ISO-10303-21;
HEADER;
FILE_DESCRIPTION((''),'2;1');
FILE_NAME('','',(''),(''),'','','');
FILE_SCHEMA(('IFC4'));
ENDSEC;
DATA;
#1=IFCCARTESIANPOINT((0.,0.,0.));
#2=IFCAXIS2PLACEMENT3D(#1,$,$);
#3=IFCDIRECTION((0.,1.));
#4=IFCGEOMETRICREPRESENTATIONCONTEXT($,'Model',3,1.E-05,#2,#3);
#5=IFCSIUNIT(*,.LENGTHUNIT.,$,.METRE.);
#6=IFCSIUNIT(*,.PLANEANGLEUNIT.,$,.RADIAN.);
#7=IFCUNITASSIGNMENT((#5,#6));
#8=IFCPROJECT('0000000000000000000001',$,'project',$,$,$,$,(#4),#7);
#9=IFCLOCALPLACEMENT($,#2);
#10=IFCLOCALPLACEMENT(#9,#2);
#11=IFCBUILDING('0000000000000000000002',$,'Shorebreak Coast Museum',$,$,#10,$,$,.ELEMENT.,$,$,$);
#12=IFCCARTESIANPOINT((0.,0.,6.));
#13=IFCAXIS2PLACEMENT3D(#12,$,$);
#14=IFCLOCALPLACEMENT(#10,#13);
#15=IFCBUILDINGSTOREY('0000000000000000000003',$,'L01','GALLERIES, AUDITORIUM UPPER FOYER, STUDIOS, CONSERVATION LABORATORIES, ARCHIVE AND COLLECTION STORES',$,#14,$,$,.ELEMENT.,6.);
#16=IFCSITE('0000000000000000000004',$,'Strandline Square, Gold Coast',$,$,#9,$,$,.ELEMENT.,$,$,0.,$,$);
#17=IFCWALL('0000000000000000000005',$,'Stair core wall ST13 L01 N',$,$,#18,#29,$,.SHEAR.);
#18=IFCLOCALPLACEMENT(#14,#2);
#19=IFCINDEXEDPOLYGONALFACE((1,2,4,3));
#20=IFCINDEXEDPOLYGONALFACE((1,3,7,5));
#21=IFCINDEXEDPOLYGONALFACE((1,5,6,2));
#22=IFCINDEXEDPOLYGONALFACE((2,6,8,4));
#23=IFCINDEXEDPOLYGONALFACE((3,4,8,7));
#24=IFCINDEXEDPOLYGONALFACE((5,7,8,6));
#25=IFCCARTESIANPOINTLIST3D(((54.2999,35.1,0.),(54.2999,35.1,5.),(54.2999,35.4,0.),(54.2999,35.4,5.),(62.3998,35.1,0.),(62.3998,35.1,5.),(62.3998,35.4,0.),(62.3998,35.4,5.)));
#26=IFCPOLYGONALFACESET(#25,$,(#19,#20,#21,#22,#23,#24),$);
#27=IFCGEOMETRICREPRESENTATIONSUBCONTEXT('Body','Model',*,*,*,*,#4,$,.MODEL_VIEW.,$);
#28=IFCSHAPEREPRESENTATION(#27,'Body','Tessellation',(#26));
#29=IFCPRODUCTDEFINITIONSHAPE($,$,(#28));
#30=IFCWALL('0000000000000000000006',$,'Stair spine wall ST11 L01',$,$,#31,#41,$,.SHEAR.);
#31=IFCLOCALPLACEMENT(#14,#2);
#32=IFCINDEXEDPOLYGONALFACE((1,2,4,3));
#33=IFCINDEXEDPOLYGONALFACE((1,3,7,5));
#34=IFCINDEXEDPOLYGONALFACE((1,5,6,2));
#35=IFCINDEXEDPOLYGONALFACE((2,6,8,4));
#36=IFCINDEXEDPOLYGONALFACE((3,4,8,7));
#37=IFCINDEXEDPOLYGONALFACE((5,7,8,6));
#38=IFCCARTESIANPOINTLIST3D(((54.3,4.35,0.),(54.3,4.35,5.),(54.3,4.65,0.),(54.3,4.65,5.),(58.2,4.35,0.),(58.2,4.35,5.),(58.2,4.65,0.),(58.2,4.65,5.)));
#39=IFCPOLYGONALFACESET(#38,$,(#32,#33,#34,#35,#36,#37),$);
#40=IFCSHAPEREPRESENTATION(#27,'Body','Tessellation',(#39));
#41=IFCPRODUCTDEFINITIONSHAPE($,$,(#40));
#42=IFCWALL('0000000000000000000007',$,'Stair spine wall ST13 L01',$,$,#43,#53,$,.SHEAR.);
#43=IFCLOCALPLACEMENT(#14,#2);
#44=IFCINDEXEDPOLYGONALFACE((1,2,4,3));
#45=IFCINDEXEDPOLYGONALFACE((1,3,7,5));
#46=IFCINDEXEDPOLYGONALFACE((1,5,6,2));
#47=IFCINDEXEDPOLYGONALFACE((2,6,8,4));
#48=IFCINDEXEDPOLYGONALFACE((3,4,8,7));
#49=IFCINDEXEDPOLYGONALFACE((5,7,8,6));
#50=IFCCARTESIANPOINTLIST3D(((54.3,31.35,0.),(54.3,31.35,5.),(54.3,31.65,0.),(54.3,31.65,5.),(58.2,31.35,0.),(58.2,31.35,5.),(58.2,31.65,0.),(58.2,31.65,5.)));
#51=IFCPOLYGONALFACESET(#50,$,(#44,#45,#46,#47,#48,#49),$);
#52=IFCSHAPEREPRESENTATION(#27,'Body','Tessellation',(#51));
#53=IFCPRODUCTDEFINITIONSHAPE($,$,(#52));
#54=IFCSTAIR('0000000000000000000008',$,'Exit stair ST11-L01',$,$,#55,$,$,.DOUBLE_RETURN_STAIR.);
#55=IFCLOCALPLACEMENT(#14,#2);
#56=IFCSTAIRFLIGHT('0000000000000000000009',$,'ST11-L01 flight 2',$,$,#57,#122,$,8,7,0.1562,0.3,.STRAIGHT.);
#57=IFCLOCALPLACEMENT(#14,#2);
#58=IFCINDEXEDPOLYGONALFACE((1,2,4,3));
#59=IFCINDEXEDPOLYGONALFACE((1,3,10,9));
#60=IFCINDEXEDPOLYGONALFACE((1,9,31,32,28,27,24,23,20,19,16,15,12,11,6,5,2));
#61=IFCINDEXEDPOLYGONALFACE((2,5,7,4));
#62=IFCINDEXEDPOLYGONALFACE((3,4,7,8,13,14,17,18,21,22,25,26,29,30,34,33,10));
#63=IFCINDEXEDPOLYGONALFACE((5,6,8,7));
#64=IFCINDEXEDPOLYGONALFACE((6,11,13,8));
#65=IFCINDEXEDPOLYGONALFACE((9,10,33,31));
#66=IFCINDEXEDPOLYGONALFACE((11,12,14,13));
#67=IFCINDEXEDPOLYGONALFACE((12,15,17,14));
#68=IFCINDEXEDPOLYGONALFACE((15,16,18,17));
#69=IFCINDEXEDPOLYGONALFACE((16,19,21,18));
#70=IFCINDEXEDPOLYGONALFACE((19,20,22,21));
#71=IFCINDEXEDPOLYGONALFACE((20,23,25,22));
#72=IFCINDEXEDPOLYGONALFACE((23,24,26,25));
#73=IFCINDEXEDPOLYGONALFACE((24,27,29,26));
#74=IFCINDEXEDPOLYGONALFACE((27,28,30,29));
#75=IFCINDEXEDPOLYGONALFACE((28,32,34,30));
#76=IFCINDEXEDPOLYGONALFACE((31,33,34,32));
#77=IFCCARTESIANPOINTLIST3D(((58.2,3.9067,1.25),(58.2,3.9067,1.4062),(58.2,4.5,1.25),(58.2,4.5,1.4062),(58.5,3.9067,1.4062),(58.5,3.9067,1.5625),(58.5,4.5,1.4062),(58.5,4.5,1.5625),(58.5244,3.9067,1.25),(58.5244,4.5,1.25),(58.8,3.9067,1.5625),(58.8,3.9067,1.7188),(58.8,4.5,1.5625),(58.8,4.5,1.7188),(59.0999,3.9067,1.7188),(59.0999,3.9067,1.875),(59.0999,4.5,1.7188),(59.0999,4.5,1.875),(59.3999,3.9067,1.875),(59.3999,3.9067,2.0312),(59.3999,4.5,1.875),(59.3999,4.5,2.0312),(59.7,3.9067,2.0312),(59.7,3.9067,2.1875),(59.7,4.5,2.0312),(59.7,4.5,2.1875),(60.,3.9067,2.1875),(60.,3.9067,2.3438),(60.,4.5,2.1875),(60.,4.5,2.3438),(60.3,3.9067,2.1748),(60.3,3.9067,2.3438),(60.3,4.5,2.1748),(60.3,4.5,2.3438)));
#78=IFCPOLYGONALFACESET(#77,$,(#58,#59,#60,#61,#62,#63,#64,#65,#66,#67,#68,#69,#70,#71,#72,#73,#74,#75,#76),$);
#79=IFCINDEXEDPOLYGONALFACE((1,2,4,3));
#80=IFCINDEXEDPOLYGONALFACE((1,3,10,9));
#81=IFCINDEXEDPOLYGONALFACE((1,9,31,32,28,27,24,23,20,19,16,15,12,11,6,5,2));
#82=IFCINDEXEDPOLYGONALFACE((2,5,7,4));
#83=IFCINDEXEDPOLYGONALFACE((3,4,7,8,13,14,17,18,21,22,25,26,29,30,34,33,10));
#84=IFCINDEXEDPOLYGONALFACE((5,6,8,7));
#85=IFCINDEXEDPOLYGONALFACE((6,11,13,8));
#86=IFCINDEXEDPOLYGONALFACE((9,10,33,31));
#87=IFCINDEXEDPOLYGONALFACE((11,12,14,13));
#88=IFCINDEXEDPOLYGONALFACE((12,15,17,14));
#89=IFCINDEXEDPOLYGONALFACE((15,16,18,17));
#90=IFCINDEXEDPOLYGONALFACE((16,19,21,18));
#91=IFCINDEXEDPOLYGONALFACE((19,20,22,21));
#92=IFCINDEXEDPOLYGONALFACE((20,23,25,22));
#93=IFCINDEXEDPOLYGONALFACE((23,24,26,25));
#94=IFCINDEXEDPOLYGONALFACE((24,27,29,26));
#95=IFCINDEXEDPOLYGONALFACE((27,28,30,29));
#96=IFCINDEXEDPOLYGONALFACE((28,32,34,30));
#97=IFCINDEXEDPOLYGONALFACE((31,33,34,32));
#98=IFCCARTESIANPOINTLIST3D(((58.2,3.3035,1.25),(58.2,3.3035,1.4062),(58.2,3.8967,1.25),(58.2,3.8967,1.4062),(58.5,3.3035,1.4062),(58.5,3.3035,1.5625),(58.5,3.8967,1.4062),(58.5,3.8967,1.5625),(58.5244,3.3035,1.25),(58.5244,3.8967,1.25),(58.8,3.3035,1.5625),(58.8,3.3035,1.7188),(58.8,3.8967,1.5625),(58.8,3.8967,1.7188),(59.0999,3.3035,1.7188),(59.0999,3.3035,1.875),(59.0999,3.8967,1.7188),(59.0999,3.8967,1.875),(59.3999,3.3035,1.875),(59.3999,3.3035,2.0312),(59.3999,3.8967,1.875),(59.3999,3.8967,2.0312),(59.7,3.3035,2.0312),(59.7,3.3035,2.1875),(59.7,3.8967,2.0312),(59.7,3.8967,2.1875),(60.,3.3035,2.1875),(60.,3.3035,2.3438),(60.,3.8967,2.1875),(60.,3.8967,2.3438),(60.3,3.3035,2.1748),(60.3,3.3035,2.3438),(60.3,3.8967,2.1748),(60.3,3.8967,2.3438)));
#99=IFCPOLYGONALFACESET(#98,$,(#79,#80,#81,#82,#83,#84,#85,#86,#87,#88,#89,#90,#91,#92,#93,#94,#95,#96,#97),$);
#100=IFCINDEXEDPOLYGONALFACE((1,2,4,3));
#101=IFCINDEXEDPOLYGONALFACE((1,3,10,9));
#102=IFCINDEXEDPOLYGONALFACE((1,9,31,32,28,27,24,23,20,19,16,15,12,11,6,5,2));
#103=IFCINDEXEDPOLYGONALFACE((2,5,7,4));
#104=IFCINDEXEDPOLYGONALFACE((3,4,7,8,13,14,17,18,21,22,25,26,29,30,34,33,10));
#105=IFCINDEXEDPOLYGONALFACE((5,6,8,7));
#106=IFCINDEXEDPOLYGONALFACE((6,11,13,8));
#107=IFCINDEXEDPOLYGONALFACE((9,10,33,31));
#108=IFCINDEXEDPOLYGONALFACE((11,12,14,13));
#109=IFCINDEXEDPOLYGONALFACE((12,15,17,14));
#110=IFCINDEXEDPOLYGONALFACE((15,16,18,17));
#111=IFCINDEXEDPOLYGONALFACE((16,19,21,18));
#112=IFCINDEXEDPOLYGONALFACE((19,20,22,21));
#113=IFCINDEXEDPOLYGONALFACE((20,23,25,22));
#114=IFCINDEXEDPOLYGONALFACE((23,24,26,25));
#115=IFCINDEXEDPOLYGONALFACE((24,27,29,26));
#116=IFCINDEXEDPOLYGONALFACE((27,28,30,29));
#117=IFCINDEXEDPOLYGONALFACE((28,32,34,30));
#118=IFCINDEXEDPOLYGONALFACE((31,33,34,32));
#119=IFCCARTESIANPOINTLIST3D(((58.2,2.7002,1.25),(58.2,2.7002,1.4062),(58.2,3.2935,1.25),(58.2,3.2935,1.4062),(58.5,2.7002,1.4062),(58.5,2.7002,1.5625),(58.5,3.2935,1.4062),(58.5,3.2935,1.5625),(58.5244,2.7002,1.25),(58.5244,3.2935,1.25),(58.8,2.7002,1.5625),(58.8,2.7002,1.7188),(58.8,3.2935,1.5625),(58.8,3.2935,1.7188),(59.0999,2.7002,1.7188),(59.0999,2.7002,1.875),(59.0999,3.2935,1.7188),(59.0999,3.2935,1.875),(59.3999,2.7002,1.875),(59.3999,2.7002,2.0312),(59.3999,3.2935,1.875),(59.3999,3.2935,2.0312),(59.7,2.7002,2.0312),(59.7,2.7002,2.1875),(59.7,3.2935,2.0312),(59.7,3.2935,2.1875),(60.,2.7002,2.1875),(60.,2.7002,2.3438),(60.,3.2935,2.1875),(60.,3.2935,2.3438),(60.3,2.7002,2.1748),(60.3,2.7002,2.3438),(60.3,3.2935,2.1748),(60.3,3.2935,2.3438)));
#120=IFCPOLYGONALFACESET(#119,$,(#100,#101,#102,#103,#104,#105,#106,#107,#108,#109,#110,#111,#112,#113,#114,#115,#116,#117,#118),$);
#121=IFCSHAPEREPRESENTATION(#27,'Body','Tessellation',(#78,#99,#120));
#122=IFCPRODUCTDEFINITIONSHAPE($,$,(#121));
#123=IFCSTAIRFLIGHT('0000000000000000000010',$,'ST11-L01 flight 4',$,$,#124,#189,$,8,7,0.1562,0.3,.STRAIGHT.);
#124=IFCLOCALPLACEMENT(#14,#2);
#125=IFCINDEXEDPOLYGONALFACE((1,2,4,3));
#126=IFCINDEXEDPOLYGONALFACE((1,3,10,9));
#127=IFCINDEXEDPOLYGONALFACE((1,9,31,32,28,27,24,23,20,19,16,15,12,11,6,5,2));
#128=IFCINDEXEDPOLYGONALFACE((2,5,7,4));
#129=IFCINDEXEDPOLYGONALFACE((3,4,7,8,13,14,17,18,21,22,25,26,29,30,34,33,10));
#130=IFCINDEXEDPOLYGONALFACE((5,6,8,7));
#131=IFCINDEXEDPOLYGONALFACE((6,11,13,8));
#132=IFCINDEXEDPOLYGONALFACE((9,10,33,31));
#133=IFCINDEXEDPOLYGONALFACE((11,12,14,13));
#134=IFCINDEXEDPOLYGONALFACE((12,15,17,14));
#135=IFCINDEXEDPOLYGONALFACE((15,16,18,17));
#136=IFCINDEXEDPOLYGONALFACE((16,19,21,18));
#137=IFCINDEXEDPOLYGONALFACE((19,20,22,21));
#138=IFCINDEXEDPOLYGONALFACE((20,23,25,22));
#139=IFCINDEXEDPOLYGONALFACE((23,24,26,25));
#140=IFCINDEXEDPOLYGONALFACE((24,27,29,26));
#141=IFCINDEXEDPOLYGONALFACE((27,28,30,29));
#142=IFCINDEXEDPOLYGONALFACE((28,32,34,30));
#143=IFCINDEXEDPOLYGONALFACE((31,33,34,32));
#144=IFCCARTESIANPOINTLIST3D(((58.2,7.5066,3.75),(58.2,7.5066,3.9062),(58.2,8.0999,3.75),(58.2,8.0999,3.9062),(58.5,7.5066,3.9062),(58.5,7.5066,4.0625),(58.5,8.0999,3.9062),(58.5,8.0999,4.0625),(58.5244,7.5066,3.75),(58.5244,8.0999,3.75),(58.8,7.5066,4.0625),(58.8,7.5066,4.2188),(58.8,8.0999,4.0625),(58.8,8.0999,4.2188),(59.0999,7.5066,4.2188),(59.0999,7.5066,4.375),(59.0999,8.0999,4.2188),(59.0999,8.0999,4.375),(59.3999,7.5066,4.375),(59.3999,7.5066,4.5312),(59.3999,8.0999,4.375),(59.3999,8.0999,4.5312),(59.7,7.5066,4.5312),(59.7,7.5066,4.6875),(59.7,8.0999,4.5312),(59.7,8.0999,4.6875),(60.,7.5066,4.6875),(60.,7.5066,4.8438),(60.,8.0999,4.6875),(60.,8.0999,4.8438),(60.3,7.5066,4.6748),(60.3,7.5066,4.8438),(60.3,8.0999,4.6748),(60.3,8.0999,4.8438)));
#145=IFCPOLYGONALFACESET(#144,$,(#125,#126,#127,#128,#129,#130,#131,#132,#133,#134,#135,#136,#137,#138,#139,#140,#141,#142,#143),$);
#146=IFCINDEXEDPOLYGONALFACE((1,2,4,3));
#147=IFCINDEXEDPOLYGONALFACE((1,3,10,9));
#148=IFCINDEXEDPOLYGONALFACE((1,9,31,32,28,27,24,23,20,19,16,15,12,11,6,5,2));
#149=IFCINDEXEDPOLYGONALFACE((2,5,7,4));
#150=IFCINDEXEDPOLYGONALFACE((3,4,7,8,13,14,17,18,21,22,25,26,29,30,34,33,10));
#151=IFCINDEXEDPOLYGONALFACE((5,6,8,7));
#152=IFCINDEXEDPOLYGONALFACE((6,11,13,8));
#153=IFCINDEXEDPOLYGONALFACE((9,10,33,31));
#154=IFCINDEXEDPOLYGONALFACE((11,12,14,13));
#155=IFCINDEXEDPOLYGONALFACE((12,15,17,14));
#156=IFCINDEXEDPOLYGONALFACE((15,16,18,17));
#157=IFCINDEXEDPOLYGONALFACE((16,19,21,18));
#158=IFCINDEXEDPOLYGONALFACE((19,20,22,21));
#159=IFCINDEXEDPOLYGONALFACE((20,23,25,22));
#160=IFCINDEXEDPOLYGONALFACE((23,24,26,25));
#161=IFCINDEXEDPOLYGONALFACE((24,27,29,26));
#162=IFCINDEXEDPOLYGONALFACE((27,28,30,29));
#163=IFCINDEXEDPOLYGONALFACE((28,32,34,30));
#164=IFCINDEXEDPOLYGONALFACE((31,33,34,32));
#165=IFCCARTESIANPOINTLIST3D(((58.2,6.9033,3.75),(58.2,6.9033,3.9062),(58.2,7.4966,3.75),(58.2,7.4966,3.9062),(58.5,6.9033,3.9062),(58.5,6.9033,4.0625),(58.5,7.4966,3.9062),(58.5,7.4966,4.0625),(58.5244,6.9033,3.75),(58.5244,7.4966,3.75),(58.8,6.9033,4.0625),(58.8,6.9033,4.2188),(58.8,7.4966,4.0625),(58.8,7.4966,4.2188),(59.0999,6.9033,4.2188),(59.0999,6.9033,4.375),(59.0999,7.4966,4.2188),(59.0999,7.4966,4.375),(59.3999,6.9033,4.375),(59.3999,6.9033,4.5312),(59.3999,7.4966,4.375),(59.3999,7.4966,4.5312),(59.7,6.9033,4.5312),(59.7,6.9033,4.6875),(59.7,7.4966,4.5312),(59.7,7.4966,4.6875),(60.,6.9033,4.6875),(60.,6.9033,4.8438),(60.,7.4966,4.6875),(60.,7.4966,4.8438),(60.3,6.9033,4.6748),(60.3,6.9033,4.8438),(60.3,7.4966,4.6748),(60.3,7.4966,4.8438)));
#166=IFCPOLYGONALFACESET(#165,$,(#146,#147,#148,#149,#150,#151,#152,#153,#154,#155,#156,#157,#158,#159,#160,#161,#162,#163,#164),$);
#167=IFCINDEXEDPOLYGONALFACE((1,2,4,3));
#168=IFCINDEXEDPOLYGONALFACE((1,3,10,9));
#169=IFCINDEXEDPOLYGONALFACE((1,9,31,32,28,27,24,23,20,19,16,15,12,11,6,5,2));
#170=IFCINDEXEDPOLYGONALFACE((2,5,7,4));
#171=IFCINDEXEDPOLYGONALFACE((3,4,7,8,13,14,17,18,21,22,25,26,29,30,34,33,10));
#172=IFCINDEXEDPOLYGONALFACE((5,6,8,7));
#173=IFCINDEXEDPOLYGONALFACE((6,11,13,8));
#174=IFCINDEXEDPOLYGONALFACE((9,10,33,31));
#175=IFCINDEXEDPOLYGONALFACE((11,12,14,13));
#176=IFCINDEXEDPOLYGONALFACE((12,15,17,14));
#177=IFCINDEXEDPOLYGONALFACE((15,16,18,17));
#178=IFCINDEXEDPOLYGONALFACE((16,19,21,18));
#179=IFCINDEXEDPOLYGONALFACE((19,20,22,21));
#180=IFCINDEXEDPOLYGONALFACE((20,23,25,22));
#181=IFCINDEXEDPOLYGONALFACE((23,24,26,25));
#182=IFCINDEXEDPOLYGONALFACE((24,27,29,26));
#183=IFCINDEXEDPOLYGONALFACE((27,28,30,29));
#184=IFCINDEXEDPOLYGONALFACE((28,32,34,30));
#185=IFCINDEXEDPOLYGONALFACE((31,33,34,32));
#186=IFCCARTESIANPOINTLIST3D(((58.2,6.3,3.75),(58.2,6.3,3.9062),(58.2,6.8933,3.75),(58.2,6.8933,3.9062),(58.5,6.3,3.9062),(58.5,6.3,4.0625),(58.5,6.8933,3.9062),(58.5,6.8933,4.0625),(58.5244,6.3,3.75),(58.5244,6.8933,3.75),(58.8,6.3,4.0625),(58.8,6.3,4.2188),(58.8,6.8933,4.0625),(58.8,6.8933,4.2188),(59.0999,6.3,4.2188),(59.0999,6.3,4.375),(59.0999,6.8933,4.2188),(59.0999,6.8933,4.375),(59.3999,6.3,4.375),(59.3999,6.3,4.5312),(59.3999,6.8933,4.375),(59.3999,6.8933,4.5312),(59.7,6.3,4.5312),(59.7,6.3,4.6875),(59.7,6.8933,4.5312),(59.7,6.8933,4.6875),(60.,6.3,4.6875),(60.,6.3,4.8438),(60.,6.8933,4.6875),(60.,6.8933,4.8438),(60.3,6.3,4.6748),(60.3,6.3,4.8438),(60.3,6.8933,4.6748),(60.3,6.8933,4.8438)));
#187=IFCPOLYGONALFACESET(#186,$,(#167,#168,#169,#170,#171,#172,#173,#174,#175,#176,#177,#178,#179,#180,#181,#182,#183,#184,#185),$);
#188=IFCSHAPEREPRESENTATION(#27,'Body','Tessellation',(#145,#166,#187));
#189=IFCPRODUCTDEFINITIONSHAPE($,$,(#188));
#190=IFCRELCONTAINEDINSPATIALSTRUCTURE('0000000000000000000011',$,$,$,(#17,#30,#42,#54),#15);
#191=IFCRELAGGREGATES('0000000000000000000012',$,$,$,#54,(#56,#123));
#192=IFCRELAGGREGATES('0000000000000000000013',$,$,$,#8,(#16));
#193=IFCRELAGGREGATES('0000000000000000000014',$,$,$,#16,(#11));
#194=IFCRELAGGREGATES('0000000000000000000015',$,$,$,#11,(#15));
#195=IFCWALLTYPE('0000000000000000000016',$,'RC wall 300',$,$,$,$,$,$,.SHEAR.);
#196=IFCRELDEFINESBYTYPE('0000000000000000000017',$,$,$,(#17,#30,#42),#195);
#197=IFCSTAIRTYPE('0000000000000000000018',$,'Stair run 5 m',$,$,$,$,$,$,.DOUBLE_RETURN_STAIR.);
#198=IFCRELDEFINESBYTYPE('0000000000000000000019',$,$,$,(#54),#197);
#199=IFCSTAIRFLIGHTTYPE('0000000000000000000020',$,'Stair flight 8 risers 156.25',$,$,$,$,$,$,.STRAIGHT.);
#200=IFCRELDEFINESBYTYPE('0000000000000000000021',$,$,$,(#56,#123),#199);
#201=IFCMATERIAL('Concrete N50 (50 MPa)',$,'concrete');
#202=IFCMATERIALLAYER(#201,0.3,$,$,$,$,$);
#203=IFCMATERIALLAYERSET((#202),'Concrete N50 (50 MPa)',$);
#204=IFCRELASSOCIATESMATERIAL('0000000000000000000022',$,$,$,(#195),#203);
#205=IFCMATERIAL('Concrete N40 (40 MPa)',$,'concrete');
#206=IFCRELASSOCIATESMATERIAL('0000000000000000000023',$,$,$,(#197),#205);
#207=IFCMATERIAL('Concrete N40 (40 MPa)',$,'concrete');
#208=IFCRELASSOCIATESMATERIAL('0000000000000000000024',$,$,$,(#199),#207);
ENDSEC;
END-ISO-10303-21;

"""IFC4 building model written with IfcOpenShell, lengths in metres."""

from ifc_helpers import new_model, si_unit, direction, frame, frame_2d, origin, place, context, subcontext, project, spatial, polyline, rectangle, outline, extrude, material, layer, layer_set, type_object, element, aggregate, save


model = new_model("IFC4")

# Units and contexts
model_context = context("Model", 3, precision=1e-05, world=origin(), true_north=direction((0.0, 1.0)))
body_context = subcontext(model_context, "Body", "Model", "MODEL_VIEW")
ifc_project = project(units=[si_unit("LENGTHUNIT", "METRE"), si_unit("PLANEANGLEUNIT", "RADIAN")], contexts=[model_context])

# Site, building, storey
site_placement = place(None, origin())
site = spatial("IfcSite", under=ifc_project, at=site_placement, Name="Strandline Square, Gold Coast", CompositionType="ELEMENT", RefElevation=0.0)
building_placement = place(site_placement, origin())
building = spatial("IfcBuilding", under=site, at=building_placement, Name="Shorebreak Coast Museum", CompositionType="ELEMENT")
storey_placement = place(building_placement, frame((0.0, 0.0, 6.0)))
storey = spatial("IfcBuildingStorey", under=building, at=storey_placement, Name="L01", Description="GALLERIES, AUDITORIUM UPPER FOYER, STUDIOS, CONSERVATION LABORATORIES, ARCHIVE AND COLLECTION STORES", CompositionType="ELEMENT", Elevation=6.0)

# Walls
ifc_material_1 = material(Name="Concrete N50 (50 MPa)", Category="concrete")
ifc_layer_1 = layer(ifc_material_1, 0.3)
ifc_layer_set_1 = layer_set([ifc_layer_1], Name="Concrete N50 (50 MPa)")
wall_type_1 = type_object("IfcWallType", Name="RC wall 300", PredefinedType="SHEAR", material=ifc_layer_set_1)
for number, where, z_axis, x_axis, name in (
    (1, (54.3, 35.25, 0.0), (0.0, 0.0, 1.0), (1.0, 0.0, 0.0), "Stair core wall ST13 L01 N"),
):
    element("IfcWall", number, at=place(storey_placement, frame(where, z_axis=z_axis, x_axis=x_axis)), inside=storey, type_object=wall_type_1, Name=name, PredefinedType="SHEAR", context=body_context, shape_type="SweptSolid", body=[
        extrude(rectangle(XDim=8.0999, YDim=0.3, at=frame_2d((4.0498, 0.0))), origin(), (0.0, 0.0, 1.0), 5.0),
    ])
for number, where, z_axis, x_axis, name in (
    (2, (58.2, 4.5, 0.0), (0.0, 0.0, 1.0), (-1.0, 0.0, 0.0), "Stair spine wall ST11 L01"),
    (3, (58.2, 31.5, 0.0), (0.0, 0.0, 1.0), (-1.0, 0.0, 0.0), "Stair spine wall ST13 L01"),
):
    element("IfcWall", number, at=place(storey_placement, frame(where, z_axis=z_axis, x_axis=x_axis)), inside=storey, type_object=wall_type_1, Name=name, PredefinedType="SHEAR", context=body_context, shape_type="SweptSolid", body=[
        extrude(rectangle(XDim=3.8999, YDim=0.3, at=frame_2d((1.95, 0.0))), origin(), (0.0, 0.0, 1.0), 5.0),
    ])

# Stair, stair flights
ifc_material_2 = material(Name="Concrete N40 (40 MPa)", Category="concrete")
stair_type = type_object("IfcStairType", Name="Stair run 5 m", PredefinedType="DOUBLE_RETURN_STAIR", material=ifc_material_2)
stair_1_placement = place(storey_placement, origin())
stair_1 = element("IfcStair", 4, at=stair_1_placement, inside=storey, type_object=stair_type, Name="Exit stair ST11-L01", PredefinedType="DOUBLE_RETURN_STAIR")
ifc_material_3 = material(Name="Concrete N40 (40 MPa)", Category="concrete")
stair_flight_type = type_object("IfcStairFlightType", Name="Stair flight 8 risers 156.25", PredefinedType="STRAIGHT", material=ifc_material_3)
stair_flight_1_placement = place(storey_placement, frame((58.2, 3.6001, 1.25), z_axis=(0.0, 0.0, 1.0), x_axis=(1.0, 0.0, 0.0)))
stair_flight_1 = element("IfcStairFlight", 5, at=stair_flight_1_placement, type_object=stair_flight_type, Name="ST11-L01 flight 2", NumberOfRisers=8, NumberOfTreads=7, PredefinedType="STRAIGHT", RiserHeight=0.1562, TreadLength=0.3, context=body_context, shape_type="SweptSolid", body=[
    extrude(outline(polyline([(0.0, 0.0), (0.0, 0.1562), (0.3, 0.1562), (0.3, 0.3125), (0.6001, 0.3125), (0.6001, 0.4688), (0.8999, 0.4688), (0.8999, 0.625), (1.2, 0.625), (1.2, 0.7812), (1.5, 0.7812), (1.5, 0.9375), (1.8, 0.9375), (1.8, 1.0938), (2.1001, 1.0938), (2.1001, 1.25), (2.1001, 0.9248), (0.3245, 0.0), (0.0, 0.0)])), frame((0.0, 0.8999, 0.0), z_axis=(0.0, -1.0, 0.0), x_axis=(1.0, 0.0, 0.0)), (0.0, 0.0, 1.0), 0.5933),
    extrude(outline(polyline([(0.0, 0.0), (0.0, 0.1562), (0.3, 0.1562), (0.3, 0.3125), (0.6001, 0.3125), (0.6001, 0.4688), (0.8999, 0.4688), (0.8999, 0.625), (1.2, 0.625), (1.2, 0.7812), (1.5, 0.7812), (1.5, 0.9375), (1.8, 0.9375), (1.8, 1.0938), (2.1001, 1.0938), (2.1001, 1.25), (2.1001, 0.9248), (0.3245, 0.0), (0.0, 0.0)])), frame((0.0, 0.2966, 0.0), z_axis=(0.0, -1.0, 0.0), x_axis=(1.0, 0.0, 0.0)), (0.0, 0.0, 1.0), 0.5933),
    extrude(outline(polyline([(0.0, 0.0), (0.0, 0.1562), (0.3, 0.1562), (0.3, 0.3125), (0.6001, 0.3125), (0.6001, 0.4688), (0.8999, 0.4688), (0.8999, 0.625), (1.2, 0.625), (1.2, 0.7812), (1.5, 0.7812), (1.5, 0.9375), (1.8, 0.9375), (1.8, 1.0938), (2.1001, 1.0938), (2.1001, 1.25), (2.1001, 0.9248), (0.3245, 0.0), (0.0, 0.0)])), frame((0.0, -0.3066, 0.0), z_axis=(0.0, -1.0, 0.0), x_axis=(1.0, 0.0, 0.0)), (0.0, 0.0, 1.0), 0.5933),
])
stair_flight_2_placement = place(storey_placement, frame((58.2, 7.2, 3.75), z_axis=(0.0, 0.0, 1.0), x_axis=(1.0, 0.0, 0.0)))
stair_flight_2 = element("IfcStairFlight", 6, at=stair_flight_2_placement, type_object=stair_flight_type, Name="ST11-L01 flight 4", NumberOfRisers=8, NumberOfTreads=7, PredefinedType="STRAIGHT", RiserHeight=0.1562, TreadLength=0.3, context=body_context, shape_type="SweptSolid", body=[
    extrude(outline(polyline([(0.0, 0.0), (0.0, 0.1562), (0.3, 0.1562), (0.3, 0.3125), (0.6001, 0.3125), (0.6001, 0.4688), (0.8999, 0.4688), (0.8999, 0.625), (1.2, 0.625), (1.2, 0.7812), (1.5, 0.7812), (1.5, 0.9375), (1.8, 0.9375), (1.8, 1.0938), (2.1001, 1.0938), (2.1001, 1.25), (2.1001, 0.9248), (0.3245, 0.0), (0.0, 0.0)])), frame((0.0, 0.8999, 0.0), z_axis=(0.0, -1.0, 0.0), x_axis=(1.0, 0.0, 0.0)), (0.0, 0.0, 1.0), 0.5933),
    extrude(outline(polyline([(0.0, 0.0), (0.0, 0.1562), (0.3, 0.1562), (0.3, 0.3125), (0.6001, 0.3125), (0.6001, 0.4688), (0.8999, 0.4688), (0.8999, 0.625), (1.2, 0.625), (1.2, 0.7812), (1.5, 0.7812), (1.5, 0.9375), (1.8, 0.9375), (1.8, 1.0938), (2.1001, 1.0938), (2.1001, 1.25), (2.1001, 0.9248), (0.3245, 0.0), (0.0, 0.0)])), frame((0.0, 0.2966, 0.0), z_axis=(0.0, -1.0, 0.0), x_axis=(1.0, 0.0, 0.0)), (0.0, 0.0, 1.0), 0.5933),
    extrude(outline(polyline([(0.0, 0.0), (0.0, 0.1562), (0.3, 0.1562), (0.3, 0.3125), (0.6001, 0.3125), (0.6001, 0.4688), (0.8999, 0.4688), (0.8999, 0.625), (1.2, 0.625), (1.2, 0.7812), (1.5, 0.7812), (1.5, 0.9375), (1.8, 0.9375), (1.8, 1.0938), (2.1001, 1.0938), (2.1001, 1.25), (2.1001, 0.9248), (0.3245, 0.0), (0.0, 0.0)])), frame((0.0, -0.3066, 0.0), z_axis=(0.0, -1.0, 0.0), x_axis=(1.0, 0.0, 0.0)), (0.0, 0.0, 1.0), 0.5933),
])
aggregate(stair_1, [stair_flight_1, stair_flight_2])

save(model, "model.ifc")
